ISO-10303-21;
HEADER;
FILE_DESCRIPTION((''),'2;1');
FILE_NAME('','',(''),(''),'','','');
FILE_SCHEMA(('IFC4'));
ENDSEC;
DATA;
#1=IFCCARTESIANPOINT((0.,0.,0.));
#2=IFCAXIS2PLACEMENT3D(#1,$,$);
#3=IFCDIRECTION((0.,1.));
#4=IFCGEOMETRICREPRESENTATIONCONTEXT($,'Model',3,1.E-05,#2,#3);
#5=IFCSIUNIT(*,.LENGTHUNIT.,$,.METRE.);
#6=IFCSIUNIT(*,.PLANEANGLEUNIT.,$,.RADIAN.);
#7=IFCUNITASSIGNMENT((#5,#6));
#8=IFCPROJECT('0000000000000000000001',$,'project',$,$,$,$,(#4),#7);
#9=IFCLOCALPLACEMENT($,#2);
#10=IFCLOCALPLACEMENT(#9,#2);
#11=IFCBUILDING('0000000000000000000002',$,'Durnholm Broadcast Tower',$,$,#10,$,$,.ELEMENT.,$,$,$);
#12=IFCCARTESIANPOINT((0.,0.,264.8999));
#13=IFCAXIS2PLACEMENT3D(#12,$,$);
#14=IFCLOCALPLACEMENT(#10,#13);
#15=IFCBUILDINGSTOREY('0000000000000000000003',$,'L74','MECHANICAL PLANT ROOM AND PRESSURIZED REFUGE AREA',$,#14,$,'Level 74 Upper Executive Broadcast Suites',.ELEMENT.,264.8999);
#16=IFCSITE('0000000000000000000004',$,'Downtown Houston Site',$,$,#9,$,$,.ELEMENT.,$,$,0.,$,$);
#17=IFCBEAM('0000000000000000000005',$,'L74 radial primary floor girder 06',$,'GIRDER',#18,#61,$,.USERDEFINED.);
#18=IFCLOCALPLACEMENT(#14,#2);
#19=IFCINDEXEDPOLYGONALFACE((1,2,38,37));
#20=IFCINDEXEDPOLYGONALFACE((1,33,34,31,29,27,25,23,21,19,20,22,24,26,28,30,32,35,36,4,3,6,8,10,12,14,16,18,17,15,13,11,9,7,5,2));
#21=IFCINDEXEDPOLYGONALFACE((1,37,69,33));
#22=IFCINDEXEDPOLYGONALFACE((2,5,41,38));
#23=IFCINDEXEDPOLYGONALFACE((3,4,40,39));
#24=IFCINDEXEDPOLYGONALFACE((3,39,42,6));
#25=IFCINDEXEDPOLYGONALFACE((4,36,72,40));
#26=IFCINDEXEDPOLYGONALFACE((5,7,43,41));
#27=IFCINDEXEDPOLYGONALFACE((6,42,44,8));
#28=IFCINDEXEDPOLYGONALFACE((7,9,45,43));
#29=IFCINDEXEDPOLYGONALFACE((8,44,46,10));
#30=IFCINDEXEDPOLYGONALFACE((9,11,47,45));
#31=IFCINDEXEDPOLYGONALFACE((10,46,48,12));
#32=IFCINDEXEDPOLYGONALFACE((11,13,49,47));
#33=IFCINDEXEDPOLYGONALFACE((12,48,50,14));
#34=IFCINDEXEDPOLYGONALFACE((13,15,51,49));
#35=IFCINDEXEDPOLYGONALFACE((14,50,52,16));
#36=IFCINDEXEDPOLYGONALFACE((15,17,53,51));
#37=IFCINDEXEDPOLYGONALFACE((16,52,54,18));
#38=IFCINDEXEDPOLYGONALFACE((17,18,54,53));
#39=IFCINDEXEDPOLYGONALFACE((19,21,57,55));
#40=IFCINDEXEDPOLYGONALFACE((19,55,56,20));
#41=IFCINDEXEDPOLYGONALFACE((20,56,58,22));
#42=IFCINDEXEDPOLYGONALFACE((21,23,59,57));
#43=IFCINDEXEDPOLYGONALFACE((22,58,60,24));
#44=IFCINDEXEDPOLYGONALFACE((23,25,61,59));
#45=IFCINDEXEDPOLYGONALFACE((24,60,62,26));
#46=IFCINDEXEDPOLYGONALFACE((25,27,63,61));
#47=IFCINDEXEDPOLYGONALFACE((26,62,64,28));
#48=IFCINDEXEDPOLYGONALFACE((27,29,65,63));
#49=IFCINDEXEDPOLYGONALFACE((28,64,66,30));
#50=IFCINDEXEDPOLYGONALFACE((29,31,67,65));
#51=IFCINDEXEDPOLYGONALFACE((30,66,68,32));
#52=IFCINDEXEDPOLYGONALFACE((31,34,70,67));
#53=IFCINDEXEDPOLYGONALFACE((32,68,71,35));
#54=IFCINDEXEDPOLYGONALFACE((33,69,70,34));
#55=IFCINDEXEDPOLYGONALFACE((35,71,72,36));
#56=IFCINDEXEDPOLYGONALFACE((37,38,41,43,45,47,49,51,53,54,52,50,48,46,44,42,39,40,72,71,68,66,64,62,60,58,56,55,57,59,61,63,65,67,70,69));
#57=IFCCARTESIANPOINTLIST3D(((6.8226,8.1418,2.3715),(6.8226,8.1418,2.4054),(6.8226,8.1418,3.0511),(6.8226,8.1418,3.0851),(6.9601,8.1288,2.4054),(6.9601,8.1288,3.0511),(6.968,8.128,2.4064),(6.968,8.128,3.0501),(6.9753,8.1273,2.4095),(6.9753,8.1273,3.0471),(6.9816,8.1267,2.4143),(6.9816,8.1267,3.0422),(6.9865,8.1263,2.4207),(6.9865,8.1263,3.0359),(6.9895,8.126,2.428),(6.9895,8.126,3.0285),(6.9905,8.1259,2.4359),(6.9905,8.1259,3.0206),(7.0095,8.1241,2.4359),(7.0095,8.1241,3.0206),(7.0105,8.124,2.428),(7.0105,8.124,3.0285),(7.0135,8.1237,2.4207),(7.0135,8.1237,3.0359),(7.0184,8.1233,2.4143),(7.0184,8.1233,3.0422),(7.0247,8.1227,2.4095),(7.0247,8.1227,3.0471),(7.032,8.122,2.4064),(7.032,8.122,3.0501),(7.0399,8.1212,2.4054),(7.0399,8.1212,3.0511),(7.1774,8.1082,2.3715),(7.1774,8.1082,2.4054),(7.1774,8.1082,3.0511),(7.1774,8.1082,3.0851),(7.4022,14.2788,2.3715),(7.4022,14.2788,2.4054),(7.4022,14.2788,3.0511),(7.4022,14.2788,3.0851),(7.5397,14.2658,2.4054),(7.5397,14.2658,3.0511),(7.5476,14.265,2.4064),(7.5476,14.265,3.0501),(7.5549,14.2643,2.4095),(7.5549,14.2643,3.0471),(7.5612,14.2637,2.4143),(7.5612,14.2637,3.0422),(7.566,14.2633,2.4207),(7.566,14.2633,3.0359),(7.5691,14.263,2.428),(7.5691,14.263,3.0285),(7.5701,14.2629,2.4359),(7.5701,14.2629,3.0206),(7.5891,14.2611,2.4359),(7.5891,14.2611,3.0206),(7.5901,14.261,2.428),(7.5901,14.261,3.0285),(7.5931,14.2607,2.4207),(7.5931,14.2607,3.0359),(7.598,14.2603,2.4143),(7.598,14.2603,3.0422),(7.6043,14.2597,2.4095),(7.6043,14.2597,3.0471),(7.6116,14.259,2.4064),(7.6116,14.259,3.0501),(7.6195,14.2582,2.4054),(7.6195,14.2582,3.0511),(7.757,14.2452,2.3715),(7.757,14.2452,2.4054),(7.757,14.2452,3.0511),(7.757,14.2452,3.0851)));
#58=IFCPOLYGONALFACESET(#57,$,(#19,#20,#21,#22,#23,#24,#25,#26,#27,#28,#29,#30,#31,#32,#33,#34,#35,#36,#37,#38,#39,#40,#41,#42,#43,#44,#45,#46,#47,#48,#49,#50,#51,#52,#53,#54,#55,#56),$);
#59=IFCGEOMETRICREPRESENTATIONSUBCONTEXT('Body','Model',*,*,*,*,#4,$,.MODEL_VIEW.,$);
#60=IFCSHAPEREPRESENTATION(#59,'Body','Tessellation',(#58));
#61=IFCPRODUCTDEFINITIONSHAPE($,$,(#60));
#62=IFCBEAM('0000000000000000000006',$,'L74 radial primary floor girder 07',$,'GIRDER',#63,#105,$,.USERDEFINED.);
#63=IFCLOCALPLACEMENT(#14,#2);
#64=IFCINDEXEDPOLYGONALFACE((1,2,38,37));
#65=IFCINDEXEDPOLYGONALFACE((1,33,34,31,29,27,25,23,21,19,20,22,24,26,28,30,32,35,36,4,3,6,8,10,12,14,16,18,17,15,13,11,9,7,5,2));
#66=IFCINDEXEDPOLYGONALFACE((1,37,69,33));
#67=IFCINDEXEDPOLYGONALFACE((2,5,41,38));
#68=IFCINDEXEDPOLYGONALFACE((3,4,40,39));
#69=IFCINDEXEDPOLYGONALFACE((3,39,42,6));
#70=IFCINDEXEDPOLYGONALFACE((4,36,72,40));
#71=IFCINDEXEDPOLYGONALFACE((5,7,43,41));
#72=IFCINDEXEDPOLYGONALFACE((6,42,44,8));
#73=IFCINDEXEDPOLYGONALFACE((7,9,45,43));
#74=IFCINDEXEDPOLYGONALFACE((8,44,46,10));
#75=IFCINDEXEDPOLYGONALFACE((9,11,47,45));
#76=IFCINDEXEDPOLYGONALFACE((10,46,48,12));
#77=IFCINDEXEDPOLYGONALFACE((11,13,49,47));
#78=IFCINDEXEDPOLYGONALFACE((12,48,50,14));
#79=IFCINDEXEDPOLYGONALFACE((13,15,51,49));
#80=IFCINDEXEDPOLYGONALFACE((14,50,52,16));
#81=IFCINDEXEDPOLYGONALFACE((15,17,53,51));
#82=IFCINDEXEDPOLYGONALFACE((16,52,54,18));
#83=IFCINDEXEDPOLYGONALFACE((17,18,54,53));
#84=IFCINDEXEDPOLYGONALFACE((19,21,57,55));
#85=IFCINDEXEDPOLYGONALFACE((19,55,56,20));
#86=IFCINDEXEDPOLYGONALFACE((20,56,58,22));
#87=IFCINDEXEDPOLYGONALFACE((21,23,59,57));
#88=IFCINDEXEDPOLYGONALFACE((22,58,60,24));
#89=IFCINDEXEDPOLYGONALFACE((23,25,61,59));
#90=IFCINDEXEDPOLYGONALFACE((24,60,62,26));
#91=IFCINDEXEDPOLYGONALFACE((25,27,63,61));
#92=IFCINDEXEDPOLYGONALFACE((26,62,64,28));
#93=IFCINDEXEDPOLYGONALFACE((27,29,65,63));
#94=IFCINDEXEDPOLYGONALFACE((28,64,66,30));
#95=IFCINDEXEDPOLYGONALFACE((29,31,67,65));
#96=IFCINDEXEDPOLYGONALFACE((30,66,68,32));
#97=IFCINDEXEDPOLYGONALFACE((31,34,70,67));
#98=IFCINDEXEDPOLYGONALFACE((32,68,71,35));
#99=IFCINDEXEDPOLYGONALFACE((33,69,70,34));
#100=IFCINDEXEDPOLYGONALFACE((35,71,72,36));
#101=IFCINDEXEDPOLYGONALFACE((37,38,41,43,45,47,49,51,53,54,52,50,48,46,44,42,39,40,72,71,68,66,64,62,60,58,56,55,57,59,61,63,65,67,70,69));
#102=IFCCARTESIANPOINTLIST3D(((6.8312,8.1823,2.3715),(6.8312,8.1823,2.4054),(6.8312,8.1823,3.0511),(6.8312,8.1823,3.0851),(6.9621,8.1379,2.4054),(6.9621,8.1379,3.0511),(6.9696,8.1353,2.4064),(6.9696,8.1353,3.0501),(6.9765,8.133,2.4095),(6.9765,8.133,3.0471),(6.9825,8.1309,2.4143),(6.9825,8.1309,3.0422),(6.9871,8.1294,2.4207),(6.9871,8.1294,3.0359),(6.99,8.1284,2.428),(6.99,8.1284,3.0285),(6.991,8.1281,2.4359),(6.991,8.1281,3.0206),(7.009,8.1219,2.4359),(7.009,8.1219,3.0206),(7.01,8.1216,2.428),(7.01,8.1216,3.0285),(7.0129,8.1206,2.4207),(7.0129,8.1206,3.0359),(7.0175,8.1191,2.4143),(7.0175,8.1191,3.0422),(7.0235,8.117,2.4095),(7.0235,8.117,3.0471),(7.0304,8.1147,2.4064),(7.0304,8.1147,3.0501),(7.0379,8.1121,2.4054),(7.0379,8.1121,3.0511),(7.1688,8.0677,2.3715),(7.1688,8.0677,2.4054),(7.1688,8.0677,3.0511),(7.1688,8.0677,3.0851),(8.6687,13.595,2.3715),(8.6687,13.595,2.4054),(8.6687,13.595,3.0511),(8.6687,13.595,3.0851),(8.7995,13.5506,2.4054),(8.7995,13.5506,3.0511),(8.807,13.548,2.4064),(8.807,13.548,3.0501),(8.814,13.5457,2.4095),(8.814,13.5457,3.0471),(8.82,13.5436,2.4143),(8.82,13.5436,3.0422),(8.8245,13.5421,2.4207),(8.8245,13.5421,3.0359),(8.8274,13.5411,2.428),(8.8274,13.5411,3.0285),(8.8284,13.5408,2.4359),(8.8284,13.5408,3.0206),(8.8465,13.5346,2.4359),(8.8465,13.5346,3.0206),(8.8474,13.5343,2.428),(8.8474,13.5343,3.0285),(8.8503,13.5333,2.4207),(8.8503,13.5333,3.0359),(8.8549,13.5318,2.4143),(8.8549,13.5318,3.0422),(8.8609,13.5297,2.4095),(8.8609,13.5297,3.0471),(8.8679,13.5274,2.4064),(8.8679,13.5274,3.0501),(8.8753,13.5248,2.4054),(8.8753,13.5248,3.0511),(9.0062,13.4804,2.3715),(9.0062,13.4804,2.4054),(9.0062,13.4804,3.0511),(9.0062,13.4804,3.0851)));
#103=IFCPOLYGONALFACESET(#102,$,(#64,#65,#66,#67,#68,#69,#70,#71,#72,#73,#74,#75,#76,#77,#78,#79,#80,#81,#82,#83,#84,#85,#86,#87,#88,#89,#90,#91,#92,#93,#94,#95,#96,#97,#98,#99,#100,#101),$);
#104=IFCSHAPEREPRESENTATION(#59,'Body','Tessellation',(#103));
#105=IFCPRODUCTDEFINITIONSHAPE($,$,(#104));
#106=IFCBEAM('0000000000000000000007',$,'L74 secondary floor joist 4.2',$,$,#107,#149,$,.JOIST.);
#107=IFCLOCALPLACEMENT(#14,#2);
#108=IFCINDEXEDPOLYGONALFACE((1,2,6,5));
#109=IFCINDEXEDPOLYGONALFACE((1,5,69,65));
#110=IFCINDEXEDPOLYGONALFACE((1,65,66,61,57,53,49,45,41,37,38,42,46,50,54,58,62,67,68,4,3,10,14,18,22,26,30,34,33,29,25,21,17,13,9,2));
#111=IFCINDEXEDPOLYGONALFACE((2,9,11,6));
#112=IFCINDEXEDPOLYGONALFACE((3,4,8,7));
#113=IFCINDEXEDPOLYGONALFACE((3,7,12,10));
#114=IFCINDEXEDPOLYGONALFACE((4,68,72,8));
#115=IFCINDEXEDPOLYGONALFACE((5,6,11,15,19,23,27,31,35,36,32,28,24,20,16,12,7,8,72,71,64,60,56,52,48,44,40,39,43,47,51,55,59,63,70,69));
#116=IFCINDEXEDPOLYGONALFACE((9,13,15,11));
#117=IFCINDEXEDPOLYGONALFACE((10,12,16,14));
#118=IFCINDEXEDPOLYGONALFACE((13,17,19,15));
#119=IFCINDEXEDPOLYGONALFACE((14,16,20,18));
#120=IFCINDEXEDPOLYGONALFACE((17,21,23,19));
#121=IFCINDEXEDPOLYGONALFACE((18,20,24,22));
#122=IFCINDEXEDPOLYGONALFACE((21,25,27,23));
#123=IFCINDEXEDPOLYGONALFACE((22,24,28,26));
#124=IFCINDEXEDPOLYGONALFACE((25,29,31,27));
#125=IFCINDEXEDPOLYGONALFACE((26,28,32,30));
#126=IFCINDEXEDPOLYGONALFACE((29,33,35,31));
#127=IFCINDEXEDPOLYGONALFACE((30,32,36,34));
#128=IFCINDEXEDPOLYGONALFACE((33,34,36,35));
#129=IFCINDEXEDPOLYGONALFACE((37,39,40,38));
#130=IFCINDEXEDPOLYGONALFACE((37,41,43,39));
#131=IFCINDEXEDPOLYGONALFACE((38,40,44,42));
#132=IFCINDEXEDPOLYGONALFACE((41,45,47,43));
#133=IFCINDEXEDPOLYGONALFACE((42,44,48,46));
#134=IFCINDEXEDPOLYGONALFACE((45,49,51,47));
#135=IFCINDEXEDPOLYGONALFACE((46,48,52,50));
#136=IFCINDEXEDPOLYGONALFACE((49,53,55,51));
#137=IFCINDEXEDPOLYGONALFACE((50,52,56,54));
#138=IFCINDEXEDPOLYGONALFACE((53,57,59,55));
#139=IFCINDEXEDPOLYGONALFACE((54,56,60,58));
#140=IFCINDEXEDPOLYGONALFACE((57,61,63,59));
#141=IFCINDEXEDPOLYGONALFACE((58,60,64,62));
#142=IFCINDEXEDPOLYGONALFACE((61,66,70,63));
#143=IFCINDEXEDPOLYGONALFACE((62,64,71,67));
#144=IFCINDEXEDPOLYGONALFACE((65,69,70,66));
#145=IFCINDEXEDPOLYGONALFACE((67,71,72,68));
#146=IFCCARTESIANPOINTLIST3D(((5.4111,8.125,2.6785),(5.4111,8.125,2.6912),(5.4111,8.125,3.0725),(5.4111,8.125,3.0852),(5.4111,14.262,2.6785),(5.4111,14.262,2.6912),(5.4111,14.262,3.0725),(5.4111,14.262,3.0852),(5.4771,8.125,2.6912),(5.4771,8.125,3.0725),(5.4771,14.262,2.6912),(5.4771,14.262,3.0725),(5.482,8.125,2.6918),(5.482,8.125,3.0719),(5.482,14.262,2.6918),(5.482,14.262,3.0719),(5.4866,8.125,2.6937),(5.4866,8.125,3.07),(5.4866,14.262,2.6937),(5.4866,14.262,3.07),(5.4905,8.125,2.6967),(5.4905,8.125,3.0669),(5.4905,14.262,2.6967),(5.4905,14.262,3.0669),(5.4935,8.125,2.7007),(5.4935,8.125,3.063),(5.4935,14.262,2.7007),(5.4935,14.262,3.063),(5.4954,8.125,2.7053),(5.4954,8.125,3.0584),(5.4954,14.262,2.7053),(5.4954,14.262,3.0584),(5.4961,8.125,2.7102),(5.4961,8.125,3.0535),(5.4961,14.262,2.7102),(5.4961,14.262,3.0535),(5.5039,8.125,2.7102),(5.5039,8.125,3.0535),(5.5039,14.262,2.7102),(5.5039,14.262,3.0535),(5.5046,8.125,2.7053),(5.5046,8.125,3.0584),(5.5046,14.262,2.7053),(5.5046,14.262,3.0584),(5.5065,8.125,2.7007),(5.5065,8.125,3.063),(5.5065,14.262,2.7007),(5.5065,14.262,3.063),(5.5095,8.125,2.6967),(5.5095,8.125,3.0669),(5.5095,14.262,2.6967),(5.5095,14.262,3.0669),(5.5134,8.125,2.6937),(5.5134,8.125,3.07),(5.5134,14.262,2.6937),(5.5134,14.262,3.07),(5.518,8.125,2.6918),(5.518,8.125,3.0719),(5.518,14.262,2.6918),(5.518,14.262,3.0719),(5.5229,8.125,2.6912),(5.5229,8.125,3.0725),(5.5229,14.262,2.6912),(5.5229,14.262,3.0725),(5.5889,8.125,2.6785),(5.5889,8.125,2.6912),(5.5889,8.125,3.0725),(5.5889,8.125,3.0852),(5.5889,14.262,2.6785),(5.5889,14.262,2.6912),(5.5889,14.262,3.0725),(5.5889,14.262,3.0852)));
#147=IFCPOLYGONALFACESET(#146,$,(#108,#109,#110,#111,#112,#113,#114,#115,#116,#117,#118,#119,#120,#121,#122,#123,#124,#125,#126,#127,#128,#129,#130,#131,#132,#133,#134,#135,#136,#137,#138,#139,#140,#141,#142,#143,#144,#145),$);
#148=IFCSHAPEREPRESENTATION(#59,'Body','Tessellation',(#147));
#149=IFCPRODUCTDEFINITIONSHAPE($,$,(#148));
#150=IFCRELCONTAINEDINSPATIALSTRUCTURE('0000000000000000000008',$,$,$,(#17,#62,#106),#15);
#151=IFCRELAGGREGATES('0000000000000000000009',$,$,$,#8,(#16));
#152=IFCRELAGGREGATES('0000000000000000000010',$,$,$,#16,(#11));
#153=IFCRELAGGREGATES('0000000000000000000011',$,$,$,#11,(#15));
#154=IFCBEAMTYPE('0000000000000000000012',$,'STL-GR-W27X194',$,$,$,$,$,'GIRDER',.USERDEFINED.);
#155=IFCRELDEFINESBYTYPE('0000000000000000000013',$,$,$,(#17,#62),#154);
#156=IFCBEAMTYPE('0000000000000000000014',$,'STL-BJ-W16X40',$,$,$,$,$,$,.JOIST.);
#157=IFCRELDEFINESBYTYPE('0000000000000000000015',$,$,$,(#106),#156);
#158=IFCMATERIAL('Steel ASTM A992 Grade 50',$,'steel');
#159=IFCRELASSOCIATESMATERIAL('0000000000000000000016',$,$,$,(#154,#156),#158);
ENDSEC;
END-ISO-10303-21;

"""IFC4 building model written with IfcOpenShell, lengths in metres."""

from ifc_helpers import new_model, si_unit, direction, frame, origin, origin_2d, place, context, subcontext, project, spatial, i_section, extrude, source, transform, mapped, material, material_profile, profile_set, type_object, type_shapes, element, save


model = new_model("IFC4")

# Units and contexts
model_context = context("Model", 3, precision=1e-05, world=origin(), true_north=direction((0.0, 1.0)))
body_context = subcontext(model_context, "Body", "Model", "MODEL_VIEW")
ifc_project = project(units=[si_unit("LENGTHUNIT", "METRE"), si_unit("PLANEANGLEUNIT", "RADIAN")], contexts=[model_context])

# Site, building, storey
site_placement = place(None, origin())
site = spatial("IfcSite", under=ifc_project, at=site_placement, Name="Downtown Houston Site", CompositionType="ELEMENT", RefElevation=0.0)
building_placement = place(site_placement, origin())
building = spatial("IfcBuilding", under=site, at=building_placement, Name="Durnholm Broadcast Tower", CompositionType="ELEMENT")
storey_placement = place(building_placement, frame((0.0, 0.0, 264.8999)))
storey = spatial("IfcBuildingStorey", under=building, at=storey_placement, Name="L74", Description="MECHANICAL PLANT ROOM AND PRESSURIZED REFUGE AREA", LongName="Level 74 Upper Executive Broadcast Suites", CompositionType="ELEMENT", Elevation=264.8999)

# Beams
ifc_material_1 = material(Name="Steel ASTM A992 Grade 50", Category="steel")
ifc_material_profile_1 = material_profile(ifc_material_1, i_section(OverallWidth=0.3564, OverallDepth=0.7136, WebThickness=0.019, FlangeThickness=0.0339, FilletRadius=0.0305, at=origin_2d()), Name="W27X194")
ifc_profile_set_1 = profile_set([ifc_material_profile_1], Name="Steel ASTM A992 Grade 50")
beam_type_1 = type_object("IfcBeamType", Name="STL-GR-W27X194", ElementType="GIRDER", PredefinedType="USERDEFINED", material=ifc_profile_set_1)
shared_shape_1 = source(origin(), body_context, "Body", "SweptSolid", [
    extrude(i_section(OverallWidth=0.3564, OverallDepth=0.7136, WebThickness=0.019, FlangeThickness=0.0339, FilletRadius=0.0305, at=origin_2d()), origin(), (0.0, 0.0, 1.0), 6.1643),
])
beam_1_placement = place(storey_placement, frame((7.0, 8.125, 2.7283), z_axis=(0.094024, 0.99557, 0.0), x_axis=(-0.99557, 0.094024, 0.0)))
element("IfcBeam", 1, at=beam_1_placement, inside=storey, type_object=beam_type_1, Name="L74 radial primary floor girder 06", ObjectType="GIRDER", PredefinedType="USERDEFINED", context=body_context, shape_type="MappedRepresentation", body=[
    mapped(shared_shape_1, transform((0.0, 0.0, 0.0), x_axis=(1.0, 0.0, 0.0), y_axis=(0.0, 1.0, 0.0), z_axis=(0.0, 0.0, 1.0), scale=1.0)),
])
shared_shape_2 = source(origin(), body_context, "Body", "SweptSolid", [
    extrude(i_section(OverallWidth=0.3564, OverallDepth=0.7136, WebThickness=0.019, FlangeThickness=0.0339, FilletRadius=0.0305, at=origin_2d()), origin(), (0.0, 0.0, 1.0), 5.7161),
])
type_shapes(beam_type_1, [shared_shape_1, shared_shape_2])
beam_2_placement = place(storey_placement, frame((7.0, 8.125, 2.7283), z_axis=(0.321451, 0.946926, 0.0), x_axis=(-0.946926, 0.321451, 0.0)))
element("IfcBeam", 2, at=beam_2_placement, inside=storey, type_object=beam_type_1, Name="L74 radial primary floor girder 07", ObjectType="GIRDER", PredefinedType="USERDEFINED", context=body_context, shape_type="MappedRepresentation", body=[
    mapped(shared_shape_2, transform((0.0, 0.0, 0.0), x_axis=(1.0, 0.0, 0.0), y_axis=(0.0, 1.0, 0.0), z_axis=(0.0, 0.0, 1.0), scale=1.0)),
])
ifc_material_profile_2 = material_profile(ifc_material_1, i_section(OverallWidth=0.1777, OverallDepth=0.4067, WebThickness=0.0078, FlangeThickness=0.0127, FilletRadius=0.019, at=origin_2d()), Name="W16X40")
ifc_profile_set_2 = profile_set([ifc_material_profile_2], Name="Steel ASTM A992 Grade 50")
beam_type_2 = type_object("IfcBeamType", Name="STL-BJ-W16X40", PredefinedType="JOIST", material=ifc_profile_set_2)
shared_shape_3 = source(origin(), body_context, "Body", "SweptSolid", [
    extrude(i_section(OverallWidth=0.1777, OverallDepth=0.4067, WebThickness=0.0078, FlangeThickness=0.0127, FilletRadius=0.019, at=origin_2d()), origin(), (0.0, 0.0, 1.0), 6.137),
])
type_shapes(beam_type_2, [shared_shape_3])
beam_3_placement = place(storey_placement, frame((5.5, 8.125, 2.8818), z_axis=(0.0, 1.0, 0.0), x_axis=(-1.0, 0.0, 0.0)))
element("IfcBeam", 3, at=beam_3_placement, inside=storey, type_object=beam_type_2, Name="L74 secondary floor joist 4.2", PredefinedType="JOIST", context=body_context, shape_type="MappedRepresentation", body=[
    mapped(shared_shape_3, transform((0.0, 0.0, 0.0), x_axis=(1.0, 0.0, 0.0), y_axis=(0.0, 1.0, 0.0), z_axis=(0.0, 0.0, 1.0), scale=1.0)),
])

save(model, "model.ifc")
